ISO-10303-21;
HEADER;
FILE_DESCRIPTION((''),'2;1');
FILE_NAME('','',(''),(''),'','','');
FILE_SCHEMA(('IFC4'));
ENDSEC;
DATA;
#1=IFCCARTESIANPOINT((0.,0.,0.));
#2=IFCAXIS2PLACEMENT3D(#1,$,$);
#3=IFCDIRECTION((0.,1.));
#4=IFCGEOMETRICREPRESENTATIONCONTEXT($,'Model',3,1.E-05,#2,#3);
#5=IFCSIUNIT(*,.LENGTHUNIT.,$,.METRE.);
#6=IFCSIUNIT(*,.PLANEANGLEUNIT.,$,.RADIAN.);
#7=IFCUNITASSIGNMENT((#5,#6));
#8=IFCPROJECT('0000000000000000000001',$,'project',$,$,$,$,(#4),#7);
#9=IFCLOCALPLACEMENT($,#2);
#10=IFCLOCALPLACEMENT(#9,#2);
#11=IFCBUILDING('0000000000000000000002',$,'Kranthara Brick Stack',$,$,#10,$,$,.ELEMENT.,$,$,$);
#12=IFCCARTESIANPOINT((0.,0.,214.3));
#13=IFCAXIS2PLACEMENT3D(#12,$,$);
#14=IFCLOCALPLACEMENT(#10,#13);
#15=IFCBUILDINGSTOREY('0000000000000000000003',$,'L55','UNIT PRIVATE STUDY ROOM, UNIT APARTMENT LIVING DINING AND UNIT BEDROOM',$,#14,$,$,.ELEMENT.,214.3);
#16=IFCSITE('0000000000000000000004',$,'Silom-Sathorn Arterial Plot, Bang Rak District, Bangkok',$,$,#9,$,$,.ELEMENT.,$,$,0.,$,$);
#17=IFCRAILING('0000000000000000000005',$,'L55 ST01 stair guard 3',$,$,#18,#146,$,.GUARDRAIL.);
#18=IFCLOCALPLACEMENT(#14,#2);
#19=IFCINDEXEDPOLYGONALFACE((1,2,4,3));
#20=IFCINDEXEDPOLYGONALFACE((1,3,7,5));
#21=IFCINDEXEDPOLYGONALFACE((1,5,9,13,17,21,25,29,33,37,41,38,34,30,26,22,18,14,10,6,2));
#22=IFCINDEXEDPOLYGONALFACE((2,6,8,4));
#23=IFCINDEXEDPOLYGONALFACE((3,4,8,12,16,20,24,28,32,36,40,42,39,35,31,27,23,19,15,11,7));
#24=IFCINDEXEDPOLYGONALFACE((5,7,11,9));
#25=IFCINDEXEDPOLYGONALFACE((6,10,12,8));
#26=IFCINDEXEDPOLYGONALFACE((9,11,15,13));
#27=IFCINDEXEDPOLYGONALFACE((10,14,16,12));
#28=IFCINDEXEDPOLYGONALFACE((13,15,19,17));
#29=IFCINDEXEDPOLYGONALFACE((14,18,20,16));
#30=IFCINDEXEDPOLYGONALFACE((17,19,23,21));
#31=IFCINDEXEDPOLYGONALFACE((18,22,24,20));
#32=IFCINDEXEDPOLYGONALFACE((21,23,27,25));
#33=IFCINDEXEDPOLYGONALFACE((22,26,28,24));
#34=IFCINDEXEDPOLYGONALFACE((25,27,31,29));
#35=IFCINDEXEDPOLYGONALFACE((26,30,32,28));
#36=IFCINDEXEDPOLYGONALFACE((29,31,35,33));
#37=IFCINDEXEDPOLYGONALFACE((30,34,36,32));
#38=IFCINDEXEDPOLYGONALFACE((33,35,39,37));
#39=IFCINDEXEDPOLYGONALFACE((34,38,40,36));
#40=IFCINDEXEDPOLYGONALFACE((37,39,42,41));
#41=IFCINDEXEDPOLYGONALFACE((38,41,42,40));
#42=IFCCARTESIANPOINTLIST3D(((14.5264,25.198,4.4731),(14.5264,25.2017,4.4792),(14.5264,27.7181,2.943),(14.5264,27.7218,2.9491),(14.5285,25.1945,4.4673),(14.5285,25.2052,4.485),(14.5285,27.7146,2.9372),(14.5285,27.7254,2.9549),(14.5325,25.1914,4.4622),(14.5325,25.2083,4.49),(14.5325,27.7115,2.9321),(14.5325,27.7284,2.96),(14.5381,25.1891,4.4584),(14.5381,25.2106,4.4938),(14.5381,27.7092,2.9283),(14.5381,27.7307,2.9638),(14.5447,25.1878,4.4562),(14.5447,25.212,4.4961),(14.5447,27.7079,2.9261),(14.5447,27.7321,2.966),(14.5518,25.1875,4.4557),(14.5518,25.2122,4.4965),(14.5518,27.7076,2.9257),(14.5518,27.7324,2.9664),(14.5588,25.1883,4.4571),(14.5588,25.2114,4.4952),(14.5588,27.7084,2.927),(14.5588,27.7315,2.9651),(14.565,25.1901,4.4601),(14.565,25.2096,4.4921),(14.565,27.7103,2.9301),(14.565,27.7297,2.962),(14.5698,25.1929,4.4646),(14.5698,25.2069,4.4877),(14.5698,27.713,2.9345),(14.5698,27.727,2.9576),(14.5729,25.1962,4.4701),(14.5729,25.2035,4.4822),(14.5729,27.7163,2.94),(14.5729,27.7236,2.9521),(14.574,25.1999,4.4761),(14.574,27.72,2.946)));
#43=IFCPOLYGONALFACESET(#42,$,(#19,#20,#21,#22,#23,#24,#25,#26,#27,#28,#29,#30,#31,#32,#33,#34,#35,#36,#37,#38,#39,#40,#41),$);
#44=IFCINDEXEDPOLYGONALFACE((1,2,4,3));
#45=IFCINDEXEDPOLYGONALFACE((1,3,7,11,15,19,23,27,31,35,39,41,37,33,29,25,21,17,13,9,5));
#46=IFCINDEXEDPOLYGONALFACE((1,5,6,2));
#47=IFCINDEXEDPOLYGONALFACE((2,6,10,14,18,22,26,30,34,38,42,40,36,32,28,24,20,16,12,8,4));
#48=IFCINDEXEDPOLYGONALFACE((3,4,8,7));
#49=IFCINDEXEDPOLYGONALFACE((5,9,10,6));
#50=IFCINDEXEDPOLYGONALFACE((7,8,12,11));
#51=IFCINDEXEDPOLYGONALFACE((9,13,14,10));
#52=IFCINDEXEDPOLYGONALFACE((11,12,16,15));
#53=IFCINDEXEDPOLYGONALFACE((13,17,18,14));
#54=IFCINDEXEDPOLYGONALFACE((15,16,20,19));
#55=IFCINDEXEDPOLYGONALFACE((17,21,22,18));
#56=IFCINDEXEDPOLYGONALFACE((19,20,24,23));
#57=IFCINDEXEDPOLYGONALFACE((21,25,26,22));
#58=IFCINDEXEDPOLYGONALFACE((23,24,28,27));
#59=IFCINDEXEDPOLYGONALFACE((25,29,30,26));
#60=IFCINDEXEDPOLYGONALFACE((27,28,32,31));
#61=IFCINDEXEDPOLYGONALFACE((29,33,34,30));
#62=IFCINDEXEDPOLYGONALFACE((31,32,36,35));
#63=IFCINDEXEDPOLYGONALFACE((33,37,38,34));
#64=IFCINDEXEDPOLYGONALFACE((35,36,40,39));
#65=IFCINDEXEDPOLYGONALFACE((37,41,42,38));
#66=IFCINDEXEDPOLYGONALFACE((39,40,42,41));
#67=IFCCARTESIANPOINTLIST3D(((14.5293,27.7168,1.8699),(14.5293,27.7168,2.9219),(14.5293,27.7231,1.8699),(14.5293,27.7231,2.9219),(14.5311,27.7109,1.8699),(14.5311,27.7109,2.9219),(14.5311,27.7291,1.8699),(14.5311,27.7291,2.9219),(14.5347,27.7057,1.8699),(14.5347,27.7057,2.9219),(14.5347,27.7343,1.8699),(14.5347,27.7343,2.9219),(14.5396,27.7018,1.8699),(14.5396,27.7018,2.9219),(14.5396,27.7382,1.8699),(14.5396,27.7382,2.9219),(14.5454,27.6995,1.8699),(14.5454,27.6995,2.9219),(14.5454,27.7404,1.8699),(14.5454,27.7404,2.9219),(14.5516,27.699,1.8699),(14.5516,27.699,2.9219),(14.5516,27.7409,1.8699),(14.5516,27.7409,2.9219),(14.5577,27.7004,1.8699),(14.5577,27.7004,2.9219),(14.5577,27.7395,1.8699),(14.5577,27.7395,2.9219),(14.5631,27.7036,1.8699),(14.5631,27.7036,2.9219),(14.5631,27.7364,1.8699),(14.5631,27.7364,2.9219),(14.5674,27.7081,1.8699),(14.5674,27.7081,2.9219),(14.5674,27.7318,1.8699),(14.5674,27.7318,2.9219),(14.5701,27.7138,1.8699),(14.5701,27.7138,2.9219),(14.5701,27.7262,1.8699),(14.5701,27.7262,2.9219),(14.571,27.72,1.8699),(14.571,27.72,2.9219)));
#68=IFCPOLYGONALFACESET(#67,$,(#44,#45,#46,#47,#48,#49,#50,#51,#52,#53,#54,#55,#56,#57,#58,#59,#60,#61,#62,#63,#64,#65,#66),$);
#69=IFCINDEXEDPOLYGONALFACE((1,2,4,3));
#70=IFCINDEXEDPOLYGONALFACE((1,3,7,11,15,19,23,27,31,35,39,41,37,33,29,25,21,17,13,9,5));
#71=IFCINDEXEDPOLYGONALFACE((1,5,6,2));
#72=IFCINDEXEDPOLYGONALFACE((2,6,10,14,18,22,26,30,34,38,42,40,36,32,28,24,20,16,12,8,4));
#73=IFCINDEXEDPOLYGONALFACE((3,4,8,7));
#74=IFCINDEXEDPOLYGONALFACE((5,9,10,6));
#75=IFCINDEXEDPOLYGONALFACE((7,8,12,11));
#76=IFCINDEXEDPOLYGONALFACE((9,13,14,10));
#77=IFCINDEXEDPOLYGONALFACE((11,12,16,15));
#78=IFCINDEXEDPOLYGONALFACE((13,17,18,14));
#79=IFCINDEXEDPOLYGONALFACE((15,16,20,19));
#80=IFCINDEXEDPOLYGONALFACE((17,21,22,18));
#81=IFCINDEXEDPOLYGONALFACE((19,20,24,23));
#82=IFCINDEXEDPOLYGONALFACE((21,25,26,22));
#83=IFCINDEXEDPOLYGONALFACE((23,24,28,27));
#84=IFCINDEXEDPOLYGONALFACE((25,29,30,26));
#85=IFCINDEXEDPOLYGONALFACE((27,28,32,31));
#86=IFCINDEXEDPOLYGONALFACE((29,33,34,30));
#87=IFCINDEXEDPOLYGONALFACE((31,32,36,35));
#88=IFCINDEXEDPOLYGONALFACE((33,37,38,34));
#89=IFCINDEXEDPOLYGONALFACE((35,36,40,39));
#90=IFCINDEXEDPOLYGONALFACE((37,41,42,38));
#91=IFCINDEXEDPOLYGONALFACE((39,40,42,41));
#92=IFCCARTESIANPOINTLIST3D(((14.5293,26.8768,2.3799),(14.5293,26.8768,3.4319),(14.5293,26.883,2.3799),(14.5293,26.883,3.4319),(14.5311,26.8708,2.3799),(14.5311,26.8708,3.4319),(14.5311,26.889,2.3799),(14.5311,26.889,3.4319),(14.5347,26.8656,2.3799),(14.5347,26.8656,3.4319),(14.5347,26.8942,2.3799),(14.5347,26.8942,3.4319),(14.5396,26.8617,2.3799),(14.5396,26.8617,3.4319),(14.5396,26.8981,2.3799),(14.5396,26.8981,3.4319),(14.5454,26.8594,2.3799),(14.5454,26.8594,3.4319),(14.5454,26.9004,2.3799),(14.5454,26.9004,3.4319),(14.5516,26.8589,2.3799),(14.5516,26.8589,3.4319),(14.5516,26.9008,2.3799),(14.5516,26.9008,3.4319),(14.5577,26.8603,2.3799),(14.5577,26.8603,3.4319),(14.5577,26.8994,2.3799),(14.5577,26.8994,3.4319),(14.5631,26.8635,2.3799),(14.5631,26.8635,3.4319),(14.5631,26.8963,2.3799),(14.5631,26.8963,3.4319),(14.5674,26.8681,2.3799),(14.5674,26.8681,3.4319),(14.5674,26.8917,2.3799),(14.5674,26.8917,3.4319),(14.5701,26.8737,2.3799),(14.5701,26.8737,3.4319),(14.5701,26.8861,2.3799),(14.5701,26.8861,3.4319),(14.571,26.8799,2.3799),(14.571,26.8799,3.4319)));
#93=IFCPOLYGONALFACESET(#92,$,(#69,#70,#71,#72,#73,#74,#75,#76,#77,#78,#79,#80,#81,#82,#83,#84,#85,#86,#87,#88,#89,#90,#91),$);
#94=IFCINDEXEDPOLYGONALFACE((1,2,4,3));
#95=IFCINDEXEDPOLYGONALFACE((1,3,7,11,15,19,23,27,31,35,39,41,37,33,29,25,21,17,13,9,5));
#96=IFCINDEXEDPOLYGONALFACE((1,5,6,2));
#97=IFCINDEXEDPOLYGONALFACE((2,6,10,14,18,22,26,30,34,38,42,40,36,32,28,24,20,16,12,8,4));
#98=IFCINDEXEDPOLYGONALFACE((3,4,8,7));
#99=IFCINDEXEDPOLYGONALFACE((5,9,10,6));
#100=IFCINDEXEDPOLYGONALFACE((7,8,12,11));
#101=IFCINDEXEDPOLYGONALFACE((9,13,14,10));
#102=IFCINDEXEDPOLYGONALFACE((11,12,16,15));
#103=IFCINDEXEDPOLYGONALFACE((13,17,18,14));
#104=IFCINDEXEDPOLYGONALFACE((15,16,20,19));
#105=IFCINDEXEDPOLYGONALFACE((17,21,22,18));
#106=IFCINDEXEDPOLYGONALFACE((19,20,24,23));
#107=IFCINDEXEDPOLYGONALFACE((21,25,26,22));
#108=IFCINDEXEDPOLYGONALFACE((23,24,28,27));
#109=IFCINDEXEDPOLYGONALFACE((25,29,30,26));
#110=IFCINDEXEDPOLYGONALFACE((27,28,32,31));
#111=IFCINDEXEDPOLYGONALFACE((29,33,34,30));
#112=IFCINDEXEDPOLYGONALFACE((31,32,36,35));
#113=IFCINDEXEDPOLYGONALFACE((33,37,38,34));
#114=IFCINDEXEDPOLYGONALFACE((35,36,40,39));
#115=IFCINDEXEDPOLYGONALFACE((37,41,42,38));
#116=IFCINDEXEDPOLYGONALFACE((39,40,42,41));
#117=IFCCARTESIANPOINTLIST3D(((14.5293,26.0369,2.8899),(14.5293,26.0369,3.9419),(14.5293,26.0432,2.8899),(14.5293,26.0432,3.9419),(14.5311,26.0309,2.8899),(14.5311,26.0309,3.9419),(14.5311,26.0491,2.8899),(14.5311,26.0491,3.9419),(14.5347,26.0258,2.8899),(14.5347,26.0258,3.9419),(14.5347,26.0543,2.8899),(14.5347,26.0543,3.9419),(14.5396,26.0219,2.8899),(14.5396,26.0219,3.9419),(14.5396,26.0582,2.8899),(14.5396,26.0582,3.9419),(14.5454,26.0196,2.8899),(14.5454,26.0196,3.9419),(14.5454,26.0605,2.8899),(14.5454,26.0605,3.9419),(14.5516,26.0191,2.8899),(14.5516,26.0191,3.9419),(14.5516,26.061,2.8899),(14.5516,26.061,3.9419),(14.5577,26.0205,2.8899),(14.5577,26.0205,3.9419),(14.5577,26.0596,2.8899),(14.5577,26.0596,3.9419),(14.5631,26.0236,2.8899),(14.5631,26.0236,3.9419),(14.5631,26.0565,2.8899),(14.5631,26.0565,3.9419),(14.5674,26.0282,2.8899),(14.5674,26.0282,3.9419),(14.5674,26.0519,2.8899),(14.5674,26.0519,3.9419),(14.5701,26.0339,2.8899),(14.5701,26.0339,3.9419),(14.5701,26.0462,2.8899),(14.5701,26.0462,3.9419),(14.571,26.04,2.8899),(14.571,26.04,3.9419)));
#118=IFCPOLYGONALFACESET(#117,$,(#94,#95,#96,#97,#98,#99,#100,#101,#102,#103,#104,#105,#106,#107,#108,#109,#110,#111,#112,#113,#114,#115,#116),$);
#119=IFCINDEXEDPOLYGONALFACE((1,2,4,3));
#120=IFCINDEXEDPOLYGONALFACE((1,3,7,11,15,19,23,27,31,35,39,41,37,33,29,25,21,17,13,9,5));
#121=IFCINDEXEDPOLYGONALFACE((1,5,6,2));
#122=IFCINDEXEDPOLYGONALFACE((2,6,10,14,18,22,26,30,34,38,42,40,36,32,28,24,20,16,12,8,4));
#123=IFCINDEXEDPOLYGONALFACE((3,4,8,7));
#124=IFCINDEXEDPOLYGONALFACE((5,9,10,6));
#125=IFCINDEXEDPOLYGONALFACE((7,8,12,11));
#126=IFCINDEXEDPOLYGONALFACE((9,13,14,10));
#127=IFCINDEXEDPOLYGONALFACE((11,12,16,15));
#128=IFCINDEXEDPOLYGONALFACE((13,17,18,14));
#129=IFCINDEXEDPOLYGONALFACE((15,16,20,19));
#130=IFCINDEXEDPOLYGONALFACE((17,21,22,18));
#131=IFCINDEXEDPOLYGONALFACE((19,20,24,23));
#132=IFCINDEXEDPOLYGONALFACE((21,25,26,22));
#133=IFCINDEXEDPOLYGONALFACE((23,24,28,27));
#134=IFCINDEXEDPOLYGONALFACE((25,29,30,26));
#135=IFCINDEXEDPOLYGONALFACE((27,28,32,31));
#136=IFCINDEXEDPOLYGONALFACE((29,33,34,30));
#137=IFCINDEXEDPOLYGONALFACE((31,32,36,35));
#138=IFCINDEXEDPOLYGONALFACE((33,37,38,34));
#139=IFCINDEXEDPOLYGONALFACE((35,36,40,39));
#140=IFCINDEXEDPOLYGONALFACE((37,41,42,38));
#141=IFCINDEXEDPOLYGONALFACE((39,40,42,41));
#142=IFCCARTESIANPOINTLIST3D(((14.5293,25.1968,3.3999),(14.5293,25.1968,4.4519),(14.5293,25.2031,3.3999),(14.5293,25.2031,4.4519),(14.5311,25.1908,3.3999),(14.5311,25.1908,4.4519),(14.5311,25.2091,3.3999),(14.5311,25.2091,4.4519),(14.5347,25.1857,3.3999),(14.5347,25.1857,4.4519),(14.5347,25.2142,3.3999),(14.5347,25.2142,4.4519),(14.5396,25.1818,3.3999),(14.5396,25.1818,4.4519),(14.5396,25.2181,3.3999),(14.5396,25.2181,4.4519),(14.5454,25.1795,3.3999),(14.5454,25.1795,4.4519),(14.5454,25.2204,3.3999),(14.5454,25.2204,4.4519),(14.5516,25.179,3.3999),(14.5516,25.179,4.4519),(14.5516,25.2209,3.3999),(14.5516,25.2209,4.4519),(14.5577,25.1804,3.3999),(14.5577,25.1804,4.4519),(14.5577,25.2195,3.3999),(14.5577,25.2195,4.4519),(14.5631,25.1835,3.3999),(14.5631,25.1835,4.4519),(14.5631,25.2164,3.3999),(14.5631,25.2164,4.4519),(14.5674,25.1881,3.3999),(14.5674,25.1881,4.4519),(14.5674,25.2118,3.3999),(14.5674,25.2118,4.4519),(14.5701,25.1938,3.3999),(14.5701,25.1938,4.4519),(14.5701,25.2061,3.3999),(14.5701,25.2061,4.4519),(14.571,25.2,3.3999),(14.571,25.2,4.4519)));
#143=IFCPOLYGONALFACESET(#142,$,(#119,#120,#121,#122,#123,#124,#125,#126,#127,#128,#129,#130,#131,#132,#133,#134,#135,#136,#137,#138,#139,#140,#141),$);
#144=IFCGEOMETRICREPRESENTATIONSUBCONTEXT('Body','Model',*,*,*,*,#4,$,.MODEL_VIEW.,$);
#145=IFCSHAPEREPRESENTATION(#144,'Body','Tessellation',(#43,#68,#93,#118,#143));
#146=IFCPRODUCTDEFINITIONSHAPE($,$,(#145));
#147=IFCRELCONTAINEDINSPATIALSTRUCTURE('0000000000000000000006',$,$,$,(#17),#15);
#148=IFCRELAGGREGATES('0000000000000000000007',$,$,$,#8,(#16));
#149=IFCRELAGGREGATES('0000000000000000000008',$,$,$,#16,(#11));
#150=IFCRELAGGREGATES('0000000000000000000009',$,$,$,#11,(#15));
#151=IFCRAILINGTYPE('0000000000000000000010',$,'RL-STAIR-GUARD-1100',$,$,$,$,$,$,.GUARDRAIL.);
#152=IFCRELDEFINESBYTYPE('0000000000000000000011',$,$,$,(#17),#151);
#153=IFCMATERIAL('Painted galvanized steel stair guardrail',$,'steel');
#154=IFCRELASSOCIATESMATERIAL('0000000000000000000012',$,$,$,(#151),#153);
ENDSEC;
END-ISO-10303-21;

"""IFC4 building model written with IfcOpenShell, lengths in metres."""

from ifc_helpers import new_model, si_unit, direction, frame, origin, origin_2d, place, context, subcontext, project, spatial, circle, extrude, material, type_object, element, save


model = new_model("IFC4")

# Units and contexts
model_context = context("Model", 3, precision=1e-05, world=origin(), true_north=direction((0.0, 1.0)))
body_context = subcontext(model_context, "Body", "Model", "MODEL_VIEW")
ifc_project = project(units=[si_unit("LENGTHUNIT", "METRE"), si_unit("PLANEANGLEUNIT", "RADIAN")], contexts=[model_context])

# Site, building, storey
site_placement = place(None, origin())
site = spatial("IfcSite", under=ifc_project, at=site_placement, Name="Silom-Sathorn Arterial Plot, Bang Rak District, Bangkok", CompositionType="ELEMENT", RefElevation=0.0)
building_placement = place(site_placement, origin())
building = spatial("IfcBuilding", under=site, at=building_placement, Name="Kranthara Brick Stack", CompositionType="ELEMENT")
storey_placement = place(building_placement, frame((0.0, 0.0, 214.3)))
storey = spatial("IfcBuildingStorey", under=building, at=storey_placement, Name="L55", Description="UNIT PRIVATE STUDY ROOM, UNIT APARTMENT LIVING DINING AND UNIT BEDROOM", CompositionType="ELEMENT", Elevation=214.3)

# Railing
ifc_material_1 = material(Name="Painted galvanized steel stair guardrail", Category="steel")
railing_type_1 = type_object("IfcRailingType", Name="RL-STAIR-GUARD-1100", PredefinedType="GUARDRAIL", material=ifc_material_1)
railing_1_placement = place(storey_placement, frame((14.55, 27.72, 1.8699)))
element("IfcRailing", 1, at=railing_1_placement, inside=storey, type_object=railing_type_1, Name="L55 ST01 stair guard 3", PredefinedType="GUARDRAIL", context=body_context, shape_type="SweptSolid", body=[
    extrude(circle(Radius=0.0239, at=origin_2d()), frame((0.0, 0.0, 1.0762), z_axis=(0.0, -0.854785, 0.518982), x_axis=(1.0, 0.0, 0.0)), (0.0, 0.0, 1.0), 2.9482),
    extrude(circle(Radius=0.021, at=origin_2d()), origin(), (0.0, 0.0, 1.0), 1.052),
    extrude(circle(Radius=0.021, at=origin_2d()), frame((0.0, -0.8401, 0.51)), (0.0, 0.0, 1.0), 1.052),
    extrude(circle(Radius=0.021, at=origin_2d()), frame((0.0, -1.6799, 1.02)), (0.0, 0.0, 1.0), 1.052),
    extrude(circle(Radius=0.021, at=origin_2d()), frame((0.0, -2.52, 1.53)), (0.0, 0.0, 1.0), 1.052),
])

save(model, "model.ifc")
